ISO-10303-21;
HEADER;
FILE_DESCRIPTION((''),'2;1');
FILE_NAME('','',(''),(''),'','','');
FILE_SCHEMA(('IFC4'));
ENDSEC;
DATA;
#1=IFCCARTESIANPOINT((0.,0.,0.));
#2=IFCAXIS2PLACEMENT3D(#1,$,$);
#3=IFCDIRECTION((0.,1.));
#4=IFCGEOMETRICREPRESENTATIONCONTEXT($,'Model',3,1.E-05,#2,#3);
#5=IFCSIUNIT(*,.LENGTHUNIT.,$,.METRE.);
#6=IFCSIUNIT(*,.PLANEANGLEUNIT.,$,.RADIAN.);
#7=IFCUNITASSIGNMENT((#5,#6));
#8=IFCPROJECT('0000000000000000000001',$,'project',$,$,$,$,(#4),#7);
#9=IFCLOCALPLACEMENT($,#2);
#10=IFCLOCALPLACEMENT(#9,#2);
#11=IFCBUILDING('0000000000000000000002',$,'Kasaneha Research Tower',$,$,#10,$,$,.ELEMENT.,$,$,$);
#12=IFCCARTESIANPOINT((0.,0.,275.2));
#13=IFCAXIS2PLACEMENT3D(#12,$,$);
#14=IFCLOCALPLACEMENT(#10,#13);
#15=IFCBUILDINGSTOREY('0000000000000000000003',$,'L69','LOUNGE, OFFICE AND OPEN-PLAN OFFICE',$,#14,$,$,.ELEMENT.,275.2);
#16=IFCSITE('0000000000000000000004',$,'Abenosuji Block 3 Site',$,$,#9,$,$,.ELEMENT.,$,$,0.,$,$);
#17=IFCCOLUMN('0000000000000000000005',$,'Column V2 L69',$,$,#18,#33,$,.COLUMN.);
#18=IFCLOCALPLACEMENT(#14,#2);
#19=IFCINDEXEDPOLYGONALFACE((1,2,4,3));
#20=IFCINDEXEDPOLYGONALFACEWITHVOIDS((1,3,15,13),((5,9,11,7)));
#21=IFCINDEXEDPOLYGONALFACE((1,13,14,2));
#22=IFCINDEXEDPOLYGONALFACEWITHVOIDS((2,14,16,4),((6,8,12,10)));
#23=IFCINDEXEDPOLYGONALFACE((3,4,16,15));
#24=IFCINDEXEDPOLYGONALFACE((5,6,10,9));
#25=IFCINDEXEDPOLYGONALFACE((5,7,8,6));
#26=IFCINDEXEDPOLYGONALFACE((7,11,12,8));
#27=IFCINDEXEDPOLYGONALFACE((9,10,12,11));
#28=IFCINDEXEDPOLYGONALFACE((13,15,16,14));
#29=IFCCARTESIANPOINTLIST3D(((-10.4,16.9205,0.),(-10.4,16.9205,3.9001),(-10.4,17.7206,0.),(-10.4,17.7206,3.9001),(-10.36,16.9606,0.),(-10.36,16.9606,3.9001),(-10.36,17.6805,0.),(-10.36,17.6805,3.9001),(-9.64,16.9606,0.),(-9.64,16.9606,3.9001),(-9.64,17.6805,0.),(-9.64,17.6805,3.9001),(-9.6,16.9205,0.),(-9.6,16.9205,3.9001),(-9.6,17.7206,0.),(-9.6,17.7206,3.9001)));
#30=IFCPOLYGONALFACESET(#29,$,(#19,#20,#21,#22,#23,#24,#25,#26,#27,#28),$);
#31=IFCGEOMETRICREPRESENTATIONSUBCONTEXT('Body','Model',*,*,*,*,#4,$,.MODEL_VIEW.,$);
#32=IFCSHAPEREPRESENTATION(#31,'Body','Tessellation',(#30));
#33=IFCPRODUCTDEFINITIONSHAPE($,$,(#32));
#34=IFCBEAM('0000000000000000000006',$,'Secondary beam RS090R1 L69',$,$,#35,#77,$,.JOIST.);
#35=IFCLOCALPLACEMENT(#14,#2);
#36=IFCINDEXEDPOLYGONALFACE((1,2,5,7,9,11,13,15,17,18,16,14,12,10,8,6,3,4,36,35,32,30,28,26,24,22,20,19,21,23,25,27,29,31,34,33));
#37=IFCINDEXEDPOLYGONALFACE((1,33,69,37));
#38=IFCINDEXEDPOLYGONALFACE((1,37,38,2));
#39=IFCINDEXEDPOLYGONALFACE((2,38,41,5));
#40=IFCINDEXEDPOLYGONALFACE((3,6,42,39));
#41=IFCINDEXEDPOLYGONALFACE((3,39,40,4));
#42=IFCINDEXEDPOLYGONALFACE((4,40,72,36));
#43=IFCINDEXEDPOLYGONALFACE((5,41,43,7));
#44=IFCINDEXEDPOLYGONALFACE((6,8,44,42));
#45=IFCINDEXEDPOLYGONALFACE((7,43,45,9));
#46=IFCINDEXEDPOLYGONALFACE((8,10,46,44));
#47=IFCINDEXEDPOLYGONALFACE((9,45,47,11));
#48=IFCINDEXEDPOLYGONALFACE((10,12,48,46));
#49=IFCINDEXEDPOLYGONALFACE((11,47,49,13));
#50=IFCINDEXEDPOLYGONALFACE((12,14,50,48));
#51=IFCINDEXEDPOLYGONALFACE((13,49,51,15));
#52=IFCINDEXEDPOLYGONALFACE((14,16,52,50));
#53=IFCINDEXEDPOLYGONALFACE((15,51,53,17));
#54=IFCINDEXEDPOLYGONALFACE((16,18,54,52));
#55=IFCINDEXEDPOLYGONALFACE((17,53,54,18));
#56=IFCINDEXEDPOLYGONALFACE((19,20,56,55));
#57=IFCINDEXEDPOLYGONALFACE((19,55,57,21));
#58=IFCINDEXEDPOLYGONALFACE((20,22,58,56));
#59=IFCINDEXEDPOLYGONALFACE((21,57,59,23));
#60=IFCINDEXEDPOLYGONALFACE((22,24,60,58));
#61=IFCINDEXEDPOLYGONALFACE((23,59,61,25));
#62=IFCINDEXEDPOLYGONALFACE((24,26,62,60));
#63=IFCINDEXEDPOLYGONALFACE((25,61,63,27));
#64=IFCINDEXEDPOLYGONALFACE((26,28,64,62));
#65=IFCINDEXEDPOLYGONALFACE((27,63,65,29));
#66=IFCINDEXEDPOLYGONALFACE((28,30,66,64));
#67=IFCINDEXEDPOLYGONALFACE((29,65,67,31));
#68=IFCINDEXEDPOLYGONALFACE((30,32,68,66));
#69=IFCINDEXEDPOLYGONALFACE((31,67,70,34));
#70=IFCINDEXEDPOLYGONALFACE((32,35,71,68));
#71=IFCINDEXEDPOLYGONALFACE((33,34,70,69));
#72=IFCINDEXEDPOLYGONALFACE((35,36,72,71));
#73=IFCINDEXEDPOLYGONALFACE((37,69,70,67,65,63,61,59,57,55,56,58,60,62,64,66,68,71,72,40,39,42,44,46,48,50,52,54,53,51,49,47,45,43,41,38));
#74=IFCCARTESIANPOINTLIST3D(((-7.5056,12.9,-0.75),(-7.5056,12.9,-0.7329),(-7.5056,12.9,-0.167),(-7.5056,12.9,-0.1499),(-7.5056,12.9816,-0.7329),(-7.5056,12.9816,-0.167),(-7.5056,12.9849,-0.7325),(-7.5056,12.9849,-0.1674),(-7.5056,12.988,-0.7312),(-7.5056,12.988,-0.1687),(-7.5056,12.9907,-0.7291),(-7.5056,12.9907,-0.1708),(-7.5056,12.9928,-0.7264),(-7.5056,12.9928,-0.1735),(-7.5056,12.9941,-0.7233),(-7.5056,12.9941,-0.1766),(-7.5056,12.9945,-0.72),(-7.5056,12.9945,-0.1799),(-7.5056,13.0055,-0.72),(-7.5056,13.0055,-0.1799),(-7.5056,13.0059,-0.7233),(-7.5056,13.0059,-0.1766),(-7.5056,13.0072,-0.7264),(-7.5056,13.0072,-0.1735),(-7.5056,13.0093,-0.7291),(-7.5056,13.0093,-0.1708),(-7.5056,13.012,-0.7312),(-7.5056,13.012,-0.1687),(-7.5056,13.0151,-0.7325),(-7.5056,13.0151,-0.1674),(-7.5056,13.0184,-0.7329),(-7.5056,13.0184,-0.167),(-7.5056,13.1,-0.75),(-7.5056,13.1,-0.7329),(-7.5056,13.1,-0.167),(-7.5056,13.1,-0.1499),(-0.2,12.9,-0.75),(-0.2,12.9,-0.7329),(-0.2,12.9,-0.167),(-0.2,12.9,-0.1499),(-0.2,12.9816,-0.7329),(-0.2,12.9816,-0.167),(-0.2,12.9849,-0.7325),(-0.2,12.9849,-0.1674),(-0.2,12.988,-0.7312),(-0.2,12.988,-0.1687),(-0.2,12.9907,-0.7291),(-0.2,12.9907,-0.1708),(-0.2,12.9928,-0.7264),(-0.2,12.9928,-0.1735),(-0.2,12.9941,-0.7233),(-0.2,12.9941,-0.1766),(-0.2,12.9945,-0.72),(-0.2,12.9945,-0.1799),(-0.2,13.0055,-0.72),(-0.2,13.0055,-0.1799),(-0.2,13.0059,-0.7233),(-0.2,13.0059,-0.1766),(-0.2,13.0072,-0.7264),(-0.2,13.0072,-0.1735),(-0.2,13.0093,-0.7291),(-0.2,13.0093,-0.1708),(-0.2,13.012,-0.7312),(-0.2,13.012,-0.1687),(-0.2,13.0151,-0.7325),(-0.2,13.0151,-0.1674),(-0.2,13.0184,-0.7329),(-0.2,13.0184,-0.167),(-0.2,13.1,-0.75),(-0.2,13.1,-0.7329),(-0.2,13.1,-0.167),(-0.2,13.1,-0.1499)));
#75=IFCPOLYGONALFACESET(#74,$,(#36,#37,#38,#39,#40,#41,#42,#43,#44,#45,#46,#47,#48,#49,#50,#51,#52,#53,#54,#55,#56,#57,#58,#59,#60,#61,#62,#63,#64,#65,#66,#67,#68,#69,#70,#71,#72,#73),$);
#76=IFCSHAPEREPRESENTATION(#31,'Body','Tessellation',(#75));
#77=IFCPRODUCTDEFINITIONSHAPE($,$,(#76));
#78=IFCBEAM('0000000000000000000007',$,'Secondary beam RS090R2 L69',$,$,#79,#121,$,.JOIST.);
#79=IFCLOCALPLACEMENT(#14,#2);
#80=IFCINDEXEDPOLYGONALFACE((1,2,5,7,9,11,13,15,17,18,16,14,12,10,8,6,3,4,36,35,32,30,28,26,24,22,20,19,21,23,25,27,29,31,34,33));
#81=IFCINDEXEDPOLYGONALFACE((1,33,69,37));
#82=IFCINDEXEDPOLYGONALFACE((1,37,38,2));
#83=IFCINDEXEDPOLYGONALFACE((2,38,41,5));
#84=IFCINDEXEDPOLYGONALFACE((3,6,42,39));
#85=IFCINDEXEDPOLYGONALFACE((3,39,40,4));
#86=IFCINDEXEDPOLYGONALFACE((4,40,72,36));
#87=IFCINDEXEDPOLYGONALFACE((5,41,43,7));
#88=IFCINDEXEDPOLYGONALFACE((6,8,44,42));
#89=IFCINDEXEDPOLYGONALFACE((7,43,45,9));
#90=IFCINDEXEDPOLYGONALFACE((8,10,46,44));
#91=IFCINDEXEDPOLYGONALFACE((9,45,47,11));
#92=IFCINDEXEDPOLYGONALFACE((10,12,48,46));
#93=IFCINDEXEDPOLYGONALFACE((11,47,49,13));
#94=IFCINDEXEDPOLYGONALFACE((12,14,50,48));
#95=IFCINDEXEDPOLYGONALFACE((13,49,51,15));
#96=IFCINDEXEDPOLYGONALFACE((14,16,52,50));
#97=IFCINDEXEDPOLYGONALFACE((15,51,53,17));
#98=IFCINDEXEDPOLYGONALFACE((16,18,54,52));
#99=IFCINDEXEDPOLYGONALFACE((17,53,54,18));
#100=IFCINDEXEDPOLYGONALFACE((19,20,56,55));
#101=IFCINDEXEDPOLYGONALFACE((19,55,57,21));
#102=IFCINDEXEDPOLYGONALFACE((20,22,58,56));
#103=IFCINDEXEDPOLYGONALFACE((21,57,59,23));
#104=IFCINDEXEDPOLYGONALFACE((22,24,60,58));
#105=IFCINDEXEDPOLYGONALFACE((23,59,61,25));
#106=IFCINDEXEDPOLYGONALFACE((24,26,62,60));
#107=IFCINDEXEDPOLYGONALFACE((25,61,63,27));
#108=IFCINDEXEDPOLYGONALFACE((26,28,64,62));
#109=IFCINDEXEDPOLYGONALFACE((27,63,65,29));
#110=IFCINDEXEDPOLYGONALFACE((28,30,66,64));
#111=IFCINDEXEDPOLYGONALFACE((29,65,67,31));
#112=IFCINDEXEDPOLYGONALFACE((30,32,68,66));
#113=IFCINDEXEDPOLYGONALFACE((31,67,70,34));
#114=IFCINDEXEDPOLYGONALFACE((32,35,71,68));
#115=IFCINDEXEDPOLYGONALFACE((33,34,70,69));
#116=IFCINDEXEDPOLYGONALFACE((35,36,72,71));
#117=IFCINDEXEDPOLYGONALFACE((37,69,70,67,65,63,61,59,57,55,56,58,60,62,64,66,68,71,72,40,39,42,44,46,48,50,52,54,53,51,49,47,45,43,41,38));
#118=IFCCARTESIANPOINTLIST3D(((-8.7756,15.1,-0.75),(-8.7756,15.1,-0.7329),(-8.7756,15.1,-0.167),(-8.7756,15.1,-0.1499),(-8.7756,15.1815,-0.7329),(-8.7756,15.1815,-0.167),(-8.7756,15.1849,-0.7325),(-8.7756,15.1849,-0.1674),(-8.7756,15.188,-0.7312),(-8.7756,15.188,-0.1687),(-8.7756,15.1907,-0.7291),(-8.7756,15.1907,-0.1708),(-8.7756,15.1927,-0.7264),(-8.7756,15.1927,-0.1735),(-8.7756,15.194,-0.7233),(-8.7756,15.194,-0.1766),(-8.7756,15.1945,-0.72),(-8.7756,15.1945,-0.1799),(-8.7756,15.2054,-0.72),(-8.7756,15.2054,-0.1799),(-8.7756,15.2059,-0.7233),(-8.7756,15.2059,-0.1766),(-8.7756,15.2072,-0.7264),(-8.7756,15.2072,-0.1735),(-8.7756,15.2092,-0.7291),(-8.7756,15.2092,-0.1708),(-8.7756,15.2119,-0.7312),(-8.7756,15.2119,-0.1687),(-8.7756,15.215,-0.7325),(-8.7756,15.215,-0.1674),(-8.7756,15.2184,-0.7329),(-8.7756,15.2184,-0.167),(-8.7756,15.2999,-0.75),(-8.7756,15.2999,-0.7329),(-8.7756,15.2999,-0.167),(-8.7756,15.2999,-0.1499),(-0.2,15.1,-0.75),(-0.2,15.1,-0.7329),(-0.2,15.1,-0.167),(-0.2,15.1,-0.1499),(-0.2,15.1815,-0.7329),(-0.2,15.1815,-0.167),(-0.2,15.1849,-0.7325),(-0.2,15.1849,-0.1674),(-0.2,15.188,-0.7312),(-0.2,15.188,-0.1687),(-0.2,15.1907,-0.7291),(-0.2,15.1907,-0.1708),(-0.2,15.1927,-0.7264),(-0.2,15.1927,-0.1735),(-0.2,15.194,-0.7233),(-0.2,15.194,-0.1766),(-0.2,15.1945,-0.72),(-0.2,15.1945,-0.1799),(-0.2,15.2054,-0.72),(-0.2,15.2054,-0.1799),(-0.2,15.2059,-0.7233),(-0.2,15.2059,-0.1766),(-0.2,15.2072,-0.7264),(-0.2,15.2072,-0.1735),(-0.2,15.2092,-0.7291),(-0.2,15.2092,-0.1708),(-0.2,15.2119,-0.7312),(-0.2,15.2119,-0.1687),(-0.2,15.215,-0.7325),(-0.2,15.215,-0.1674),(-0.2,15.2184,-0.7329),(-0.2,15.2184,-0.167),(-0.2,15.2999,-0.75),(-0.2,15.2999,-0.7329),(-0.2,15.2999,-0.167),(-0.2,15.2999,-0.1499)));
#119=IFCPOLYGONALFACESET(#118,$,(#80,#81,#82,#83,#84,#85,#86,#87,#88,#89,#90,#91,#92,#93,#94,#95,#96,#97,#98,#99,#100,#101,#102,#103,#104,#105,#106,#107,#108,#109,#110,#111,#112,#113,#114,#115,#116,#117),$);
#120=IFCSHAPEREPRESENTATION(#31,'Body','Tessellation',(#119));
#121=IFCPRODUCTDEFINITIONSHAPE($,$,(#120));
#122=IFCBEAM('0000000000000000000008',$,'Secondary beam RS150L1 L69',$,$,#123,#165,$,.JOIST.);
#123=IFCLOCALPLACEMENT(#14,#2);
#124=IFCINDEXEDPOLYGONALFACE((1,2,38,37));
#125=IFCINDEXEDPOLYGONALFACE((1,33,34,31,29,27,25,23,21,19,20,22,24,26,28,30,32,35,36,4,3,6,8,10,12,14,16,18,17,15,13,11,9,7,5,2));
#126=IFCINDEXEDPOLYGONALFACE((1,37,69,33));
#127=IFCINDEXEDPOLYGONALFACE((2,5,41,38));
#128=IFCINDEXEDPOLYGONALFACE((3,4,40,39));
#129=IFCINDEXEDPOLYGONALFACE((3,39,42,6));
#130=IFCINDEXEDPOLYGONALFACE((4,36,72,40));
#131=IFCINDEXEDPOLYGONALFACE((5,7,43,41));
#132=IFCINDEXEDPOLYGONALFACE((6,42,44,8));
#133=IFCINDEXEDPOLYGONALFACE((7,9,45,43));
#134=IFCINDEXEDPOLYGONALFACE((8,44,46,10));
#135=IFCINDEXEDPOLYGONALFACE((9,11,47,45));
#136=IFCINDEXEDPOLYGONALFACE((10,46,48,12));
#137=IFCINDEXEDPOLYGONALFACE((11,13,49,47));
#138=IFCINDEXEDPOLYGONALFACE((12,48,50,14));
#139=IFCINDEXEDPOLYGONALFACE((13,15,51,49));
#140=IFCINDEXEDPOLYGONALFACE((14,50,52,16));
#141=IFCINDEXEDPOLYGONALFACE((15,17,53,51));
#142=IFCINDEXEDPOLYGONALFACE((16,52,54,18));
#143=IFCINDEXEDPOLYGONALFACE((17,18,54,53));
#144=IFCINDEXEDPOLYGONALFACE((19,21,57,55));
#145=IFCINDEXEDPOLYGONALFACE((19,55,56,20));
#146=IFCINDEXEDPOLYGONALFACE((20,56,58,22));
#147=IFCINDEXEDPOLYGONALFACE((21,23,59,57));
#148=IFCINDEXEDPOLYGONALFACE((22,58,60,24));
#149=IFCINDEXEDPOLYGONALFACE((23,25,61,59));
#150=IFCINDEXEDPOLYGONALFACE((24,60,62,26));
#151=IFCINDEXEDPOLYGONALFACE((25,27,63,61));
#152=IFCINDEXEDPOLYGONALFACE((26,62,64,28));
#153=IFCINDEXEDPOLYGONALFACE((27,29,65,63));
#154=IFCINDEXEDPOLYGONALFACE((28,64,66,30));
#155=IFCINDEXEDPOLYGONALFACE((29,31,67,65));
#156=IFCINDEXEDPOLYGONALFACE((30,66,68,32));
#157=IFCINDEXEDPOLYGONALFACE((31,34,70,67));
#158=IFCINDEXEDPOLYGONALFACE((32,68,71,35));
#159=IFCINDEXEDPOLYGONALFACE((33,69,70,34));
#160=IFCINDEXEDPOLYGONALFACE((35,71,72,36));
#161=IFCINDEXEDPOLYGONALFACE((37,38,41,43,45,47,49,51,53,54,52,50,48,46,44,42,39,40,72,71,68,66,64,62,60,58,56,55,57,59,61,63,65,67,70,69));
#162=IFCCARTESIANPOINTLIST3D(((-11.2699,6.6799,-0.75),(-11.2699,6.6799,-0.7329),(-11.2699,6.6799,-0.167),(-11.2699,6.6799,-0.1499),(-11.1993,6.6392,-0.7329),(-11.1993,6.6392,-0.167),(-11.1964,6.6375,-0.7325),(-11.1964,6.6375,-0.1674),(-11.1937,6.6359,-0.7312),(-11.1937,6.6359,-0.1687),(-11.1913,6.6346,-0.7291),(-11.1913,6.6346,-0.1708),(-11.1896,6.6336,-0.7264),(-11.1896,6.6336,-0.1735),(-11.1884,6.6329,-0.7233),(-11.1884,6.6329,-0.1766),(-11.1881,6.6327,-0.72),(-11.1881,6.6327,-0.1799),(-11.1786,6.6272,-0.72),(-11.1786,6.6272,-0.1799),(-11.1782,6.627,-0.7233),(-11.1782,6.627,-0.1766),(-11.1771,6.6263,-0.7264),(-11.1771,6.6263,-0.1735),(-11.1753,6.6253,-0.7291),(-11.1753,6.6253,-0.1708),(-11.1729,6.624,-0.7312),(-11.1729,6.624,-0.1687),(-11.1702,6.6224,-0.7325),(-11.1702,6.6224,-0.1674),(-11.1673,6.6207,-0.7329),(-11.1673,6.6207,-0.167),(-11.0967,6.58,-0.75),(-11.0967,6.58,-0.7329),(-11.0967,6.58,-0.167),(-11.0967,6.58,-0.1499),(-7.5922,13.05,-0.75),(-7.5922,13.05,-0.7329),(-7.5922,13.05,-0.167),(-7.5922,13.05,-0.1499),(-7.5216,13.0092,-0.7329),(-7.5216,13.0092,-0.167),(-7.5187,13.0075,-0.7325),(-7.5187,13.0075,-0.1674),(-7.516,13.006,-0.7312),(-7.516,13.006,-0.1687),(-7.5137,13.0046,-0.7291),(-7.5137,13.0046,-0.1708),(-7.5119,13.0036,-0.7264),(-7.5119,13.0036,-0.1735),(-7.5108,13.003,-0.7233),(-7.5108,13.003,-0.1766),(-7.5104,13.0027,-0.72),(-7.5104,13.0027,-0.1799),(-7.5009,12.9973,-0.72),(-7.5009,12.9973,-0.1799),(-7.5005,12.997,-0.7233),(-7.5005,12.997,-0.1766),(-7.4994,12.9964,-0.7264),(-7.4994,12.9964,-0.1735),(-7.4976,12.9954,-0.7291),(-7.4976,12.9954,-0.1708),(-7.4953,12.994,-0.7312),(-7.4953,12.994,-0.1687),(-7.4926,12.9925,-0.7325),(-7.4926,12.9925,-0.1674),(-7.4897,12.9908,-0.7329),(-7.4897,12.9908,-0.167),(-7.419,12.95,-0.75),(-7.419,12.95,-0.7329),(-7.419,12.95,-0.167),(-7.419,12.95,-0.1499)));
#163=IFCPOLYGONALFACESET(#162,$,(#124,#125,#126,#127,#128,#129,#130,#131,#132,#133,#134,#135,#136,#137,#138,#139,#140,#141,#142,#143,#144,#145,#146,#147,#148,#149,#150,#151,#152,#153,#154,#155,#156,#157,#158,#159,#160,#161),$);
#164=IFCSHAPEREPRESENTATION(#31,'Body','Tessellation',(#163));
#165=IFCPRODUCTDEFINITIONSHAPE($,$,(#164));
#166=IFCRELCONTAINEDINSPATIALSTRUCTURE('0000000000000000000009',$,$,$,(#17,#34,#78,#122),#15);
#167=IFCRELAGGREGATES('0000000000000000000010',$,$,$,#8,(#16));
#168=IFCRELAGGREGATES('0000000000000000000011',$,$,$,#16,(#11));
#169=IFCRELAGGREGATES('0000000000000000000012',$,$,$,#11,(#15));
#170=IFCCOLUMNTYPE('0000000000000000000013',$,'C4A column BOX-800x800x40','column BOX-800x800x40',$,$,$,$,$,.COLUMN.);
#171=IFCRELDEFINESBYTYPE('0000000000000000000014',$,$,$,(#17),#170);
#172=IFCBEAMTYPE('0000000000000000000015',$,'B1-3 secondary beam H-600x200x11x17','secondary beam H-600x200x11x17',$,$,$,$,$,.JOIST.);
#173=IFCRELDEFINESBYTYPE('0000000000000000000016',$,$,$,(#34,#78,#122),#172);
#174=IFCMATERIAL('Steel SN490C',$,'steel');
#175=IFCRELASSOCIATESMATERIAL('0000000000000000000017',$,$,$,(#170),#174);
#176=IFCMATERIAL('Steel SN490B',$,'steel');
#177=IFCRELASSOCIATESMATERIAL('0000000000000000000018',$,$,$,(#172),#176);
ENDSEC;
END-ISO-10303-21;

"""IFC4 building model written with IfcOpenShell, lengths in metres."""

from ifc_helpers import new_model, si_unit, direction, frame, origin, origin_2d, place, context, subcontext, project, spatial, hollow_rectangle, i_section, extrude, material, material_profile, profile_set, type_object, element, save


model = new_model("IFC4")

# Units and contexts
model_context = context("Model", 3, precision=1e-05, world=origin(), true_north=direction((0.0, 1.0)))
body_context = subcontext(model_context, "Body", "Model", "MODEL_VIEW")
ifc_project = project(units=[si_unit("LENGTHUNIT", "METRE"), si_unit("PLANEANGLEUNIT", "RADIAN")], contexts=[model_context])

# Site, building, storey
site_placement = place(None, origin())
site = spatial("IfcSite", under=ifc_project, at=site_placement, Name="Abenosuji Block 3 Site", CompositionType="ELEMENT", RefElevation=0.0)
building_placement = place(site_placement, origin())
building = spatial("IfcBuilding", under=site, at=building_placement, Name="Kasaneha Research Tower", CompositionType="ELEMENT")
storey_placement = place(building_placement, frame((0.0, 0.0, 275.2)))
storey = spatial("IfcBuildingStorey", under=building, at=storey_placement, Name="L69", Description="LOUNGE, OFFICE AND OPEN-PLAN OFFICE", CompositionType="ELEMENT", Elevation=275.2)

# Column
ifc_material_1 = material(Name="Steel SN490C", Category="steel")
ifc_material_profile_1 = material_profile(ifc_material_1, hollow_rectangle(XDim=0.8, YDim=0.8, WallThickness=0.04, at=origin_2d()), Name="BOX-800x800x40")
ifc_profile_set_1 = profile_set([ifc_material_profile_1], Name="Steel SN490C")
column_type = type_object("IfcColumnType", Name="C4A column BOX-800x800x40", Description="column BOX-800x800x40", PredefinedType="COLUMN", material=ifc_profile_set_1)
column_placement = place(storey_placement, frame((-10.0, 17.3206, 0.0), z_axis=(0.0, 0.0, 1.0), x_axis=(1.0, 0.0, 0.0)))
element("IfcColumn", 1, at=column_placement, inside=storey, type_object=column_type, Name="Column V2 L69", PredefinedType="COLUMN", context=body_context, shape_type="SweptSolid", body=[
    extrude(hollow_rectangle(XDim=0.8, YDim=0.8, WallThickness=0.04, at=origin_2d()), origin(), (0.0, 0.0, 1.0), 3.9001),
])

# Beams
ifc_material_2 = material(Name="Steel SN490B", Category="steel")
ifc_material_profile_2 = material_profile(ifc_material_2, i_section(OverallWidth=0.2, OverallDepth=0.6001, WebThickness=0.011, FlangeThickness=0.0171, FilletRadius=0.0129, at=origin_2d()), Name="H-600x200x11x17")
ifc_profile_set_2 = profile_set([ifc_material_profile_2], Name="Steel SN490B")
beam_type_1 = type_object("IfcBeamType", Name="B1-3 secondary beam H-600x200x11x17", Description="secondary beam H-600x200x11x17", PredefinedType="JOIST", material=ifc_profile_set_2)
beam_1_placement = place(storey_placement, frame((-7.5056, 13.0, -0.45), z_axis=(1.0, 0.0, 0.0), x_axis=(0.0, 1.0, 0.0)))
element("IfcBeam", 2, at=beam_1_placement, inside=storey, type_object=beam_type_1, Name="Secondary beam RS090R1 L69", PredefinedType="JOIST", context=body_context, shape_type="SweptSolid", body=[
    extrude(i_section(OverallWidth=0.2, OverallDepth=0.6001, WebThickness=0.011, FlangeThickness=0.0171, FilletRadius=0.0129, at=origin_2d()), origin(), (0.0, 0.0, 1.0), 7.3057),
])
beam_2_placement = place(storey_placement, frame((-8.7756, 15.2, -0.45), z_axis=(1.0, 0.0, 0.0), x_axis=(0.0, 1.0, 0.0)))
element("IfcBeam", 3, at=beam_2_placement, inside=storey, type_object=beam_type_1, Name="Secondary beam RS090R2 L69", PredefinedType="JOIST", context=body_context, shape_type="SweptSolid", body=[
    extrude(i_section(OverallWidth=0.2, OverallDepth=0.6001, WebThickness=0.011, FlangeThickness=0.0171, FilletRadius=0.0129, at=origin_2d()), origin(), (0.0, 0.0, 1.0), 8.5757),
])
beam_3_placement = place(storey_placement, frame((-7.5056, 13.0, -0.45), z_axis=(-0.499994, -0.866029, 0.0), x_axis=(0.866029, -0.499994, 0.0)))
element("IfcBeam", 4, at=beam_3_placement, inside=storey, type_object=beam_type_1, Name="Secondary beam RS150L1 L69", PredefinedType="JOIST", context=body_context, shape_type="SweptSolid", body=[
    extrude(i_section(OverallWidth=0.2, OverallDepth=0.6001, WebThickness=0.011, FlangeThickness=0.0171, FilletRadius=0.0129, at=origin_2d()), origin(), (0.0, 0.0, 1.0), 7.3555),
])

save(model, "model.ifc")
